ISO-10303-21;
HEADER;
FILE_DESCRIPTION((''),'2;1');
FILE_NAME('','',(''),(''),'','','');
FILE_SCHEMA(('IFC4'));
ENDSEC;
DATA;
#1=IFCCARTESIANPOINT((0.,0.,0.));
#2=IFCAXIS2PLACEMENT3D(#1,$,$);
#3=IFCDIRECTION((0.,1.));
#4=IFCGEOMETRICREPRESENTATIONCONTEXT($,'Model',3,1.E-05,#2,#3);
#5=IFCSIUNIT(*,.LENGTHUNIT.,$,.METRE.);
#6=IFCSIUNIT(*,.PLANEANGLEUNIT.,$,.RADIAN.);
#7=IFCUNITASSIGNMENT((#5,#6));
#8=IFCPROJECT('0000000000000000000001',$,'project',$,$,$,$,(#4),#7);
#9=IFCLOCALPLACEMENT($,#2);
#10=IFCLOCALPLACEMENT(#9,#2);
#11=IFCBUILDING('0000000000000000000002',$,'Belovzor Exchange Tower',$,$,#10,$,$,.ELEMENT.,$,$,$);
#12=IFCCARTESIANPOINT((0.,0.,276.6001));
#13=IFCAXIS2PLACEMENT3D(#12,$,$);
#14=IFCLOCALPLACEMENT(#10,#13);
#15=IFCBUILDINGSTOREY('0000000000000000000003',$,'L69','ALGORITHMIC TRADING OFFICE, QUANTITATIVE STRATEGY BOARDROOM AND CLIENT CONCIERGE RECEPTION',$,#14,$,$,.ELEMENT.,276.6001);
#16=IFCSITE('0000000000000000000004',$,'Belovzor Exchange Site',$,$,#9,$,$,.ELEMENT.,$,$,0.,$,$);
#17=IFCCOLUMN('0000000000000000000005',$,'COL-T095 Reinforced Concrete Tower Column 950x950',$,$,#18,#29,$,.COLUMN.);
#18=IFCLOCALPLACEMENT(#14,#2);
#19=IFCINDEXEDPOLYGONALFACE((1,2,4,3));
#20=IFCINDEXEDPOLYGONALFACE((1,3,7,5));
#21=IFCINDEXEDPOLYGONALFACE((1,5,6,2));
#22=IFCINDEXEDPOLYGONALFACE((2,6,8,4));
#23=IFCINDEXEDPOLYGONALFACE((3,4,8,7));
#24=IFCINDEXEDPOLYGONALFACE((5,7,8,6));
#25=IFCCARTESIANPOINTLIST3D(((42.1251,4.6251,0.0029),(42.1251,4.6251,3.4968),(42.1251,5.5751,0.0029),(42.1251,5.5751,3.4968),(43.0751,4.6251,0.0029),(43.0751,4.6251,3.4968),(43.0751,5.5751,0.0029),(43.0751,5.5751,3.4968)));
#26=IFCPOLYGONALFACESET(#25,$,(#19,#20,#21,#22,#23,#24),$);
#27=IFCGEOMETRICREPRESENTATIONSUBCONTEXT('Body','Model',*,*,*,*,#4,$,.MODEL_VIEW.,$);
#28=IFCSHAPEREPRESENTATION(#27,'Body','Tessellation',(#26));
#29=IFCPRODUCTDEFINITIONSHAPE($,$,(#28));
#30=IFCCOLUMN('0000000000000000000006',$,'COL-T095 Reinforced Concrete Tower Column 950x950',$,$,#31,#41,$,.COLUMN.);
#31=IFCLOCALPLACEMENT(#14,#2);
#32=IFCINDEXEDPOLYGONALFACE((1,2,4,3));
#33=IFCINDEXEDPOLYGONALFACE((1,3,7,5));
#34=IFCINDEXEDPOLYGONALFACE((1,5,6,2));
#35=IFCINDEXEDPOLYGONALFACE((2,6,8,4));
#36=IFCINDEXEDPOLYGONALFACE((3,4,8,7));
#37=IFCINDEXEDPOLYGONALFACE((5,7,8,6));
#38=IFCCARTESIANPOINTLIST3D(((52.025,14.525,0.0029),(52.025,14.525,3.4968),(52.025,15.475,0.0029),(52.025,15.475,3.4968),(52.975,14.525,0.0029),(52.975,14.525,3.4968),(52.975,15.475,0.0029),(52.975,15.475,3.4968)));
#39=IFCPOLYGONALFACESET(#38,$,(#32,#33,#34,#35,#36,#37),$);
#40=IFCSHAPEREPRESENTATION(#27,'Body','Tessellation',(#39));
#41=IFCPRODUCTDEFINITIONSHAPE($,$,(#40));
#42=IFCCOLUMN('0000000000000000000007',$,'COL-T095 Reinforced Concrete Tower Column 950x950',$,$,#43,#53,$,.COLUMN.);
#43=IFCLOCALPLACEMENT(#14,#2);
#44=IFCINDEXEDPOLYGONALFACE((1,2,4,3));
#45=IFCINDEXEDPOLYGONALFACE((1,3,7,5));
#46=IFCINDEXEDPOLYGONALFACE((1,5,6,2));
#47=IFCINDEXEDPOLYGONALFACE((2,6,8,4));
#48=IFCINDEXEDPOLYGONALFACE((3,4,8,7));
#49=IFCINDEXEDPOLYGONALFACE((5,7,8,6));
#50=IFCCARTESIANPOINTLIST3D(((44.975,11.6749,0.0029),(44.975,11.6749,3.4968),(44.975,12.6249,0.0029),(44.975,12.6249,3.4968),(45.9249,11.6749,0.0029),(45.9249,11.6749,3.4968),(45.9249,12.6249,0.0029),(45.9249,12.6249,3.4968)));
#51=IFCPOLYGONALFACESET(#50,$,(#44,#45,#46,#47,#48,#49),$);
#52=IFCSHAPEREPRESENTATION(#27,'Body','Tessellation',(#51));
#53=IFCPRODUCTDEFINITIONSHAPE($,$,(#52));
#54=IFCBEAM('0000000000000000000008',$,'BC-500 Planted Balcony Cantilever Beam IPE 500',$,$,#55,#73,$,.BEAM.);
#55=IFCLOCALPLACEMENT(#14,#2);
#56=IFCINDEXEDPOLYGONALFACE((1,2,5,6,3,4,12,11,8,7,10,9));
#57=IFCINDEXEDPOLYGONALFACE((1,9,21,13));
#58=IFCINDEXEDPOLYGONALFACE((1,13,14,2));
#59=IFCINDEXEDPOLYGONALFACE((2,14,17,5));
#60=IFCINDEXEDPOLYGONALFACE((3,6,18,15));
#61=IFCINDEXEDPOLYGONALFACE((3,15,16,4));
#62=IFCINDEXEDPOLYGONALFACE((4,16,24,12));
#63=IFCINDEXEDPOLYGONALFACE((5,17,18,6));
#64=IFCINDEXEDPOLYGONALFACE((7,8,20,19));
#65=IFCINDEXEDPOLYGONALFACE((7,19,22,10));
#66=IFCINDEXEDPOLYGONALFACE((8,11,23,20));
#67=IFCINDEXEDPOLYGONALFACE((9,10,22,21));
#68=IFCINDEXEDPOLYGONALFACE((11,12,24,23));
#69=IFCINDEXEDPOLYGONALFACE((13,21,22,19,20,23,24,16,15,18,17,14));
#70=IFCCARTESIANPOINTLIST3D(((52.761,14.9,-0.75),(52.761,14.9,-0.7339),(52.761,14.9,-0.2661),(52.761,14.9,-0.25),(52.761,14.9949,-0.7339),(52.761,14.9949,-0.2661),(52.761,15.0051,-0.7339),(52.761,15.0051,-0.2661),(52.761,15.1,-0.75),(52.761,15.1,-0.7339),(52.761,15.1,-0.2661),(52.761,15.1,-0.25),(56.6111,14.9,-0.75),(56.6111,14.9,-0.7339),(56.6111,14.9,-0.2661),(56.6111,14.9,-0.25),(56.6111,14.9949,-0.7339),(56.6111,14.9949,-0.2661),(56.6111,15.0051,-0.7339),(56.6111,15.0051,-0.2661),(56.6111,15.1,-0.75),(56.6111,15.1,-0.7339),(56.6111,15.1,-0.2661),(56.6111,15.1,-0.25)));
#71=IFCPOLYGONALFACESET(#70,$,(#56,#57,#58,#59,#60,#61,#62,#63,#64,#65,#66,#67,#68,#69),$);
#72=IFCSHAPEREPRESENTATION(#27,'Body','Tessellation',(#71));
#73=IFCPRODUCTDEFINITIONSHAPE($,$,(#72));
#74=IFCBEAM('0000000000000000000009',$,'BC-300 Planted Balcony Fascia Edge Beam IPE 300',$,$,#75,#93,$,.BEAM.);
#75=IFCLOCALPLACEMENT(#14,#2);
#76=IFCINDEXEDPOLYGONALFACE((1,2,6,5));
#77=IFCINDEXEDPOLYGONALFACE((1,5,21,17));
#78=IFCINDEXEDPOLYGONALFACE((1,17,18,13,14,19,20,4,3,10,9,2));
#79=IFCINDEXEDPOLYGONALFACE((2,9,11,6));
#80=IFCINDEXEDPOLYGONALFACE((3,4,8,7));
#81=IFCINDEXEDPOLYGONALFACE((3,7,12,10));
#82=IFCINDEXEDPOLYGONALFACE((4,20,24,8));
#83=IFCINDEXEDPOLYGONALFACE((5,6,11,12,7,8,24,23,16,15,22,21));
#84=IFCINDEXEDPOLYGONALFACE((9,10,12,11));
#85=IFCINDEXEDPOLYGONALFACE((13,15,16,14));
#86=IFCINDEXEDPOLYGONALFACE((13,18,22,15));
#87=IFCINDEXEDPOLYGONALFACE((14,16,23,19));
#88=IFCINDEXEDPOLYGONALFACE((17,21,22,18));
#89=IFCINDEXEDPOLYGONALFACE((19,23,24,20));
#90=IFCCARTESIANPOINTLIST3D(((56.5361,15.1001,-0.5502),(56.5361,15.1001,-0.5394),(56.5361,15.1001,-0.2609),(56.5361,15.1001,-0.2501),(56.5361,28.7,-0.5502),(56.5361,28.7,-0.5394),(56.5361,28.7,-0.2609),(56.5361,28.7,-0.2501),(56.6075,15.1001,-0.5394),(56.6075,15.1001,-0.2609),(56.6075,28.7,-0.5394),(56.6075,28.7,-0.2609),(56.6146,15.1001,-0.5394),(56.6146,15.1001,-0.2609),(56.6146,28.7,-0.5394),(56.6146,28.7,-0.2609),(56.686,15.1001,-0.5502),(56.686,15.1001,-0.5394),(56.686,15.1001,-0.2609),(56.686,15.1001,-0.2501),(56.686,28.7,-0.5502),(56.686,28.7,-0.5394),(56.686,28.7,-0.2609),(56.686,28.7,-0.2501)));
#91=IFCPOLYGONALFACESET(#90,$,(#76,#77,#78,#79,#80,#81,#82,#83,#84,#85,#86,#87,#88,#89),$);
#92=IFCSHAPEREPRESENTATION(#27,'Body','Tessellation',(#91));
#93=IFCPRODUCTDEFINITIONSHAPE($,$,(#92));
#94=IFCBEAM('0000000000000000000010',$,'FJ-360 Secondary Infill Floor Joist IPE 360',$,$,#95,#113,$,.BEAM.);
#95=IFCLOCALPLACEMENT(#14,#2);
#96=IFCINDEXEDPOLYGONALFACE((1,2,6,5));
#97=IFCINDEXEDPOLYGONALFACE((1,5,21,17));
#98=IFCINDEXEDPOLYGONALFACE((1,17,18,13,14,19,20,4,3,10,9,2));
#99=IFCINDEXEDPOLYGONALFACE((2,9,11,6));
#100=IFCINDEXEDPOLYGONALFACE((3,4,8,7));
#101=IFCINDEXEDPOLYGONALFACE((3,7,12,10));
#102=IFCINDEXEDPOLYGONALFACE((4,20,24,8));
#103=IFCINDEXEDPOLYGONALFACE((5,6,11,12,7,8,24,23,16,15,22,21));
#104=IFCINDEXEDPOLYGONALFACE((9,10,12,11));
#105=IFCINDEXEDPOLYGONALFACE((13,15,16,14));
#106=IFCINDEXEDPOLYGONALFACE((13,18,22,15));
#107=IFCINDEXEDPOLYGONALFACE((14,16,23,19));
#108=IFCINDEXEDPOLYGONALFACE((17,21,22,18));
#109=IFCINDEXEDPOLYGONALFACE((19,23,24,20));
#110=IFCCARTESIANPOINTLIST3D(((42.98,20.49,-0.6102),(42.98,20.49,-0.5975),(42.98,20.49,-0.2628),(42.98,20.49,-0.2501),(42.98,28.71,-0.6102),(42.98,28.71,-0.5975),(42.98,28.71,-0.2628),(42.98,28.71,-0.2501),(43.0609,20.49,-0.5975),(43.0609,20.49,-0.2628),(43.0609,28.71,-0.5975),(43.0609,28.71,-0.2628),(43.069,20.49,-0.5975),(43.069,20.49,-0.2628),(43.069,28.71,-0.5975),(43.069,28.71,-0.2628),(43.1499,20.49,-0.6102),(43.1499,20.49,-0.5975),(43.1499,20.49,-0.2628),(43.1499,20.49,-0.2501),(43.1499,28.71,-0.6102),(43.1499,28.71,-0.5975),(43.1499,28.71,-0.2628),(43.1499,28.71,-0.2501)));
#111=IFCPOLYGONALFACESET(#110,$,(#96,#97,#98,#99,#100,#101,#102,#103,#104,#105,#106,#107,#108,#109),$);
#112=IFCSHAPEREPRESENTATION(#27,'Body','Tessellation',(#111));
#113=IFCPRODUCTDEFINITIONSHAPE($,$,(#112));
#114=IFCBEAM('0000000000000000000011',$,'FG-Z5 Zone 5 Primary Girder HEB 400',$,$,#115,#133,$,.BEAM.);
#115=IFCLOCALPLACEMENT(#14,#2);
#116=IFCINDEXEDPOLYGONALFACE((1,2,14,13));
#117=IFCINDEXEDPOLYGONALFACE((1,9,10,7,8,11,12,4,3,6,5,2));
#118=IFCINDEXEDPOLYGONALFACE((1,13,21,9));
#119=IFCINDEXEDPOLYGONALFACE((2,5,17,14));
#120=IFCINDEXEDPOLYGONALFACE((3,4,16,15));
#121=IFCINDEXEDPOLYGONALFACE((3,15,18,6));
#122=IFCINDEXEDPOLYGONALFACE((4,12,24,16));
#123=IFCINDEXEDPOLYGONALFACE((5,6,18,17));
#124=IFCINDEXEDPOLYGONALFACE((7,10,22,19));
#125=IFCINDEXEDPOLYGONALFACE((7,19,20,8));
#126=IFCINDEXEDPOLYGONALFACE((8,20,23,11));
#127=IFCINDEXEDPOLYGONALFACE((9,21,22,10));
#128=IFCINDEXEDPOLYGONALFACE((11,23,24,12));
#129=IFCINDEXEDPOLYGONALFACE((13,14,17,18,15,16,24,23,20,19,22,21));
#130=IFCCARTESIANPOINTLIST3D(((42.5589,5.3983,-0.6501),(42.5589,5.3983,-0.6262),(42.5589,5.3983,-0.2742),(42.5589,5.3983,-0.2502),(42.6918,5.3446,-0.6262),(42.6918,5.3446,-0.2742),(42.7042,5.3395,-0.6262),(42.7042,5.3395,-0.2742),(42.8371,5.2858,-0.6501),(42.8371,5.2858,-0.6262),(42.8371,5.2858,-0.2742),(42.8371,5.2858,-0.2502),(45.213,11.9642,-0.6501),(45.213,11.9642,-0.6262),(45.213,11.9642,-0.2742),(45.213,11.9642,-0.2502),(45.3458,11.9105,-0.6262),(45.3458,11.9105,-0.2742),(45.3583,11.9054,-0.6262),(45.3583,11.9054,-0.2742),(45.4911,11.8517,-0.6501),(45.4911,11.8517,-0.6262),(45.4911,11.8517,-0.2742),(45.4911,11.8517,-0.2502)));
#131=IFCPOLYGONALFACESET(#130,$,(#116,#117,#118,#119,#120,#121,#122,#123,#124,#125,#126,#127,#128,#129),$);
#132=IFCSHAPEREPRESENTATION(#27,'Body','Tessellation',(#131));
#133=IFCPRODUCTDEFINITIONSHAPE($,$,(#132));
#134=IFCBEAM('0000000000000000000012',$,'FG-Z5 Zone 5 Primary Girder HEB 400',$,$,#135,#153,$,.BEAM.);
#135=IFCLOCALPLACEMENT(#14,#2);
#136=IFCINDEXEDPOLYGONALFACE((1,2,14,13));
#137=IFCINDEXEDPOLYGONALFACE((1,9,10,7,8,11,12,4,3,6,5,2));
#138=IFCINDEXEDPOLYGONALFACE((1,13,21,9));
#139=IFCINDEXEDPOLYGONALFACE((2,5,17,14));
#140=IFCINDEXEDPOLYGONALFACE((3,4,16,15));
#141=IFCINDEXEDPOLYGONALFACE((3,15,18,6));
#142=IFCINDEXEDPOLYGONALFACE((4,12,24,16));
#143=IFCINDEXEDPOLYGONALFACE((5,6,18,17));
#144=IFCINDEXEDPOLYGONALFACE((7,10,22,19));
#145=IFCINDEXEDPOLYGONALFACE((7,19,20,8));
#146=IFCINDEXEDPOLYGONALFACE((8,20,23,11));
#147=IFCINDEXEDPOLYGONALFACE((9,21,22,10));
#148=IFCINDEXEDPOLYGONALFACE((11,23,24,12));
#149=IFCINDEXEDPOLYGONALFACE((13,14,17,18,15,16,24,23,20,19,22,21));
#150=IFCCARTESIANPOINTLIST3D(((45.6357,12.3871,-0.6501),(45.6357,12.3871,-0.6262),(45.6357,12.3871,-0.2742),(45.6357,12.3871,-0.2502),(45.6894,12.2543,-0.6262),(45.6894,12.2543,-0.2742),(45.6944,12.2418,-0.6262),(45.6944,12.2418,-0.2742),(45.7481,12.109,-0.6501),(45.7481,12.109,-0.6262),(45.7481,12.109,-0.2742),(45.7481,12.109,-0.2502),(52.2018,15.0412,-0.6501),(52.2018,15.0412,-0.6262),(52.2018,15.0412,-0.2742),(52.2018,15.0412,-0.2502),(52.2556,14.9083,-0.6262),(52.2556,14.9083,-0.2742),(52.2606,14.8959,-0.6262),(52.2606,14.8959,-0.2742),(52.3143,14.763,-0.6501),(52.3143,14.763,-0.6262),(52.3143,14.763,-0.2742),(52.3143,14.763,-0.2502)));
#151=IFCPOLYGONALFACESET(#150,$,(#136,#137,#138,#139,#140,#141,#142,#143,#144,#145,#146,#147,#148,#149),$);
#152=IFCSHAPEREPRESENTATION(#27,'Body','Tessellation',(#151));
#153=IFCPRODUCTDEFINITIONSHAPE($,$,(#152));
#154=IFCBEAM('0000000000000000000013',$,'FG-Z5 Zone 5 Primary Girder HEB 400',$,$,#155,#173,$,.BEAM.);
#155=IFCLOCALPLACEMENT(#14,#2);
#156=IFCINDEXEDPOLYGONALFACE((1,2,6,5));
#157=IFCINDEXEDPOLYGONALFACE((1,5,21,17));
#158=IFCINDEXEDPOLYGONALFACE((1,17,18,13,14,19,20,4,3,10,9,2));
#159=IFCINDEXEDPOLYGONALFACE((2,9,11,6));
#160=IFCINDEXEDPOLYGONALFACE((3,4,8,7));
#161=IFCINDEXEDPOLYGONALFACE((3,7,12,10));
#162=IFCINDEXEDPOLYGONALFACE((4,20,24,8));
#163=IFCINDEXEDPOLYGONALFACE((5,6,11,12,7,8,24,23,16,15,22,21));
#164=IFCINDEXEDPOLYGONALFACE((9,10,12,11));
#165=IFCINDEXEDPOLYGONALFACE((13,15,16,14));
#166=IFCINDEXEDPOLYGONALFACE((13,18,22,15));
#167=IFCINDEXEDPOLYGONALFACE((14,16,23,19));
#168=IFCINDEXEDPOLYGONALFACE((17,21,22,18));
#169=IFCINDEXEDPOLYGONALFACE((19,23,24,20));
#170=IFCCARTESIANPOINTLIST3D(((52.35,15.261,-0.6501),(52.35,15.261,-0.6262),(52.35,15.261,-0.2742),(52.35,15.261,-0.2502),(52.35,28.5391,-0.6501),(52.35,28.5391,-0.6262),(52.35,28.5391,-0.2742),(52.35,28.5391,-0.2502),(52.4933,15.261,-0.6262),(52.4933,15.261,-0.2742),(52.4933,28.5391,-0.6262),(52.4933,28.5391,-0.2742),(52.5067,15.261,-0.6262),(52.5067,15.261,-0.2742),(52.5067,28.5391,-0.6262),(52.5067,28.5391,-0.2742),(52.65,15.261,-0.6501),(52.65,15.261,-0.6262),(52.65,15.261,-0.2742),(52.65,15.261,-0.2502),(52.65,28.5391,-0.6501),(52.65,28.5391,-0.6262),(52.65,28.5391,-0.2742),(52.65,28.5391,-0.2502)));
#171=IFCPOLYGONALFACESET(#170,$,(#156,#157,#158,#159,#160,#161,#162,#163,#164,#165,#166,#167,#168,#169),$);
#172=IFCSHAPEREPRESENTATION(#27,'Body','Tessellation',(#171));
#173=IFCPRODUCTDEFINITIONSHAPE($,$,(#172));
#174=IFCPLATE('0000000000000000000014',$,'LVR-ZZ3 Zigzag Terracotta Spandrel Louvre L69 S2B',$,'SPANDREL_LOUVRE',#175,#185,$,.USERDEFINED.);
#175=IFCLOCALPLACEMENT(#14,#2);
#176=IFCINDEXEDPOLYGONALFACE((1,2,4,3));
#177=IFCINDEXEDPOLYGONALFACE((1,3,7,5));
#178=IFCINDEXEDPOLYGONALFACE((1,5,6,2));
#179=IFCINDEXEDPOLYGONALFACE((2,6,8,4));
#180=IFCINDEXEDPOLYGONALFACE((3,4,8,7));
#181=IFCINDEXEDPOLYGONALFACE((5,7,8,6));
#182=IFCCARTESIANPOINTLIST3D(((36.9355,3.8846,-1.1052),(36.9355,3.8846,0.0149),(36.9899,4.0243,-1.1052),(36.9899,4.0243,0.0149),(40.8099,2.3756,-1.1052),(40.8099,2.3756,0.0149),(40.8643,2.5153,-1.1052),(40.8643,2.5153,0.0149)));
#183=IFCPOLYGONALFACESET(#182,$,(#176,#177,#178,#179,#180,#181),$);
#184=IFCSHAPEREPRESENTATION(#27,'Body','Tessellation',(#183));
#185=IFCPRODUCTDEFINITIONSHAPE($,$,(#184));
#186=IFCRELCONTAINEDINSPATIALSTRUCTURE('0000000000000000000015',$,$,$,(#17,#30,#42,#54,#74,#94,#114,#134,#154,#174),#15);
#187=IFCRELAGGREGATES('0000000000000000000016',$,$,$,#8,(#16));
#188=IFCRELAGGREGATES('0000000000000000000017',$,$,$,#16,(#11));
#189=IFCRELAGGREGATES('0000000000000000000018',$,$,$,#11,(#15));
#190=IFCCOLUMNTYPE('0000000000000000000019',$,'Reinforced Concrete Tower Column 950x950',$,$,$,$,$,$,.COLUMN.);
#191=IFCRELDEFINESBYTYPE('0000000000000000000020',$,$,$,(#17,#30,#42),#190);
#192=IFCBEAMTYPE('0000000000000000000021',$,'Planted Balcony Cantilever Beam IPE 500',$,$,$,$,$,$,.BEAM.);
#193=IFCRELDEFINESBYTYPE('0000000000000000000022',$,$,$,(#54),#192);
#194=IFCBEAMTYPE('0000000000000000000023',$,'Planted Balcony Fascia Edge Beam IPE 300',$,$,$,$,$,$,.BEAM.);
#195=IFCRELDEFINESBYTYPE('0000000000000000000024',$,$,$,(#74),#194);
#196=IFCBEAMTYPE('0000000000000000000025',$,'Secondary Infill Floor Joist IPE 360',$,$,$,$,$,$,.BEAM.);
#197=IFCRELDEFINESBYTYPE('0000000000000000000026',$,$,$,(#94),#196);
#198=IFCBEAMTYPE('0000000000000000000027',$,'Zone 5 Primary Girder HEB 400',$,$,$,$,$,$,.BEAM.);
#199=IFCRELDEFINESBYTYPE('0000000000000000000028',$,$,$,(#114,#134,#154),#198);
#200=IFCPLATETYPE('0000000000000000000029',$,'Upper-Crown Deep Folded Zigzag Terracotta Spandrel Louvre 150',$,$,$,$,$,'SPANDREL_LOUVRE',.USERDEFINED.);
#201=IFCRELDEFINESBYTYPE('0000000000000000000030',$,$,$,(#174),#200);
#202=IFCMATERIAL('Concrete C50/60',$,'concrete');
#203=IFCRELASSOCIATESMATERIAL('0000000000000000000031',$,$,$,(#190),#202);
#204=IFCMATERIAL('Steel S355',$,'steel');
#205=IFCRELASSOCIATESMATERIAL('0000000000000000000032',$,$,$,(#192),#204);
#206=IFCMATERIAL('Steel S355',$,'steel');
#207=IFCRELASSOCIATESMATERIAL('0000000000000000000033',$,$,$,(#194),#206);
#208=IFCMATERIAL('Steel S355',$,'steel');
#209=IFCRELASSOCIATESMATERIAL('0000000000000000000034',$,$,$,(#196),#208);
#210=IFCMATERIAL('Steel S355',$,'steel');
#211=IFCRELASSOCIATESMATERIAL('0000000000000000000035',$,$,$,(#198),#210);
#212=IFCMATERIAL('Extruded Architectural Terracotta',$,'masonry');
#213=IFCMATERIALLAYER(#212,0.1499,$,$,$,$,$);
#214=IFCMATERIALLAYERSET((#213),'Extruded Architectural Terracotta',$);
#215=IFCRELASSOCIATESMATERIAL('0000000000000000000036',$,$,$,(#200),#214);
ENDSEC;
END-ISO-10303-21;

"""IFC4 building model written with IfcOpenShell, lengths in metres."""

from ifc_helpers import new_model, si_unit, direction, frame, origin, origin_2d, place, context, subcontext, project, spatial, rectangle, i_section, extrude, material, layer, layer_set, material_profile, profile_set, type_object, element, save


model = new_model("IFC4")

# Units and contexts
model_context = context("Model", 3, precision=1e-05, world=origin(), true_north=direction((0.0, 1.0)))
body_context = subcontext(model_context, "Body", "Model", "MODEL_VIEW")
ifc_project = project(units=[si_unit("LENGTHUNIT", "METRE"), si_unit("PLANEANGLEUNIT", "RADIAN")], contexts=[model_context])

# Site, building, storey
site_placement = place(None, origin())
site = spatial("IfcSite", under=ifc_project, at=site_placement, Name="Belovzor Exchange Site", CompositionType="ELEMENT", RefElevation=0.0)
building_placement = place(site_placement, origin())
building = spatial("IfcBuilding", under=site, at=building_placement, Name="Belovzor Exchange Tower", CompositionType="ELEMENT")
storey_placement = place(building_placement, frame((0.0, 0.0, 276.6001)))
storey = spatial("IfcBuildingStorey", under=building, at=storey_placement, Name="L69", Description="ALGORITHMIC TRADING OFFICE, QUANTITATIVE STRATEGY BOARDROOM AND CLIENT CONCIERGE RECEPTION", CompositionType="ELEMENT", Elevation=276.6001)

# Columns
ifc_material_1 = material(Name="Concrete C50/60", Category="concrete")
ifc_material_profile_1 = material_profile(ifc_material_1, rectangle(XDim=0.95, YDim=0.95, at=origin_2d()))
ifc_profile_set_1 = profile_set([ifc_material_profile_1], Name="Concrete C50/60")
column_type = type_object("IfcColumnType", Name="Reinforced Concrete Tower Column 950x950", PredefinedType="COLUMN", material=ifc_profile_set_1)
for number, where, z_axis, x_axis, name in (
    (1, (42.6001, 5.1001, 0.0029), (0.0, 0.0, 1.0), (1.0, 0.0, 0.0), "COL-T095 Reinforced Concrete Tower Column 950x950"),
    (2, (52.5, 15.0, 0.0029), (0.0, 0.0, 1.0), (1.0, 0.0, 0.0), "COL-T095 Reinforced Concrete Tower Column 950x950"),
    (3, (45.45, 12.1499, 0.0029), (0.0, 0.0, 1.0), (1.0, 0.0, 0.0), "COL-T095 Reinforced Concrete Tower Column 950x950"),
):
    element("IfcColumn", number, at=place(storey_placement, frame(where, z_axis=z_axis, x_axis=x_axis)), inside=storey, type_object=column_type, Name=name, PredefinedType="COLUMN", context=body_context, shape_type="SweptSolid", body=[
        extrude(rectangle(XDim=0.95, YDim=0.95, at=origin_2d()), origin(), (0.0, 0.0, 1.0), 3.4939),
    ])

# Beams
ifc_material_2 = material(Name="Steel S355", Category="steel")
ifc_material_profile_2 = material_profile(ifc_material_2, i_section(OverallWidth=0.2, OverallDepth=0.5, WebThickness=0.0103, FlangeThickness=0.0161, at=origin_2d()))
ifc_profile_set_2 = profile_set([ifc_material_profile_2], Name="Steel S355")
beam_type_1 = type_object("IfcBeamType", Name="Planted Balcony Cantilever Beam IPE 500", PredefinedType="BEAM", material=ifc_profile_set_2)
beam_1_placement = place(storey_placement, frame((52.761, 15.0, -0.5), z_axis=(1.0, 0.0, 0.0), x_axis=(0.0, 1.0, 0.0)))
element("IfcBeam", 4, at=beam_1_placement, inside=storey, type_object=beam_type_1, Name="BC-500 Planted Balcony Cantilever Beam IPE 500", PredefinedType="BEAM", context=body_context, shape_type="SweptSolid", body=[
    extrude(i_section(OverallWidth=0.2, OverallDepth=0.5, WebThickness=0.0103, FlangeThickness=0.0161, at=origin_2d()), origin(), (0.0, 0.0, 1.0), 3.8501),
])
ifc_material_3 = material(Name="Steel S355", Category="steel")
ifc_material_profile_3 = material_profile(ifc_material_3, i_section(OverallWidth=0.1499, OverallDepth=0.3, WebThickness=0.0071, FlangeThickness=0.0107, at=origin_2d()))
ifc_profile_set_3 = profile_set([ifc_material_profile_3], Name="Steel S355")
beam_type_2 = type_object("IfcBeamType", Name="Planted Balcony Fascia Edge Beam IPE 300", PredefinedType="BEAM", material=ifc_profile_set_3)
beam_2_placement = place(storey_placement, frame((56.6111, 15.1001, -0.4001), z_axis=(0.0, 1.0, 0.0), x_axis=(-1.0, 0.0, 0.0)))
element("IfcBeam", 5, at=beam_2_placement, inside=storey, type_object=beam_type_2, Name="BC-300 Planted Balcony Fascia Edge Beam IPE 300", PredefinedType="BEAM", context=body_context, shape_type="SweptSolid", body=[
    extrude(i_section(OverallWidth=0.1499, OverallDepth=0.3, WebThickness=0.0071, FlangeThickness=0.0107, at=origin_2d()), origin(), (0.0, 0.0, 1.0), 13.5999),
])
ifc_material_4 = material(Name="Steel S355", Category="steel")
ifc_material_profile_4 = material_profile(ifc_material_4, i_section(OverallWidth=0.1699, OverallDepth=0.3601, WebThickness=0.0081, FlangeThickness=0.0127, at=origin_2d()))
ifc_profile_set_4 = profile_set([ifc_material_profile_4], Name="Steel S355")
beam_type_3 = type_object("IfcBeamType", Name="Secondary Infill Floor Joist IPE 360", PredefinedType="BEAM", material=ifc_profile_set_4)
beam_3_placement = place(storey_placement, frame((43.0649, 20.49, -0.4302), z_axis=(0.0, 1.0, 0.0), x_axis=(-1.0, 0.0, 0.0)))
element("IfcBeam", 6, at=beam_3_placement, inside=storey, type_object=beam_type_3, Name="FJ-360 Secondary Infill Floor Joist IPE 360", PredefinedType="BEAM", context=body_context, shape_type="SweptSolid", body=[
    extrude(i_section(OverallWidth=0.1699, OverallDepth=0.3601, WebThickness=0.0081, FlangeThickness=0.0127, at=origin_2d()), origin(), (0.0, 0.0, 1.0), 8.22),
])
ifc_material_5 = material(Name="Steel S355", Category="steel")
ifc_material_profile_5 = material_profile(ifc_material_5, i_section(OverallWidth=0.3, OverallDepth=0.3999, WebThickness=0.0134, FlangeThickness=0.0239, at=origin_2d()))
ifc_profile_set_5 = profile_set([ifc_material_profile_5], Name="Steel S355")
beam_type_4 = type_object("IfcBeamType", Name="Zone 5 Primary Girder HEB 400", PredefinedType="BEAM", material=ifc_profile_set_5)
beam_4_placement = place(storey_placement, frame((42.698, 5.342, -0.4502), z_axis=(0.374758, 0.927123, 0.0), x_axis=(-0.927123, 0.374758, 0.0)))
element("IfcBeam", 7, at=beam_4_placement, inside=storey, type_object=beam_type_4, Name="FG-Z5 Zone 5 Primary Girder HEB 400", PredefinedType="BEAM", context=body_context, shape_type="SweptSolid", body=[
    extrude(i_section(OverallWidth=0.3, OverallDepth=0.3999, WebThickness=0.0134, FlangeThickness=0.0239, at=origin_2d()), origin(), (0.0, 0.0, 1.0), 7.082),
])
beam_5_placement = place(storey_placement, frame((45.6919, 12.248, -0.4502), z_axis=(0.927127, 0.374746, 0.0), x_axis=(-0.374746, 0.927127, 0.0)))
element("IfcBeam", 8, at=beam_5_placement, inside=storey, type_object=beam_type_4, Name="FG-Z5 Zone 5 Primary Girder HEB 400", PredefinedType="BEAM", context=body_context, shape_type="SweptSolid", body=[
    extrude(i_section(OverallWidth=0.3, OverallDepth=0.3999, WebThickness=0.0134, FlangeThickness=0.0239, at=origin_2d()), origin(), (0.0, 0.0, 1.0), 7.0823),
])
beam_6_placement = place(storey_placement, frame((52.5, 15.261, -0.4502), z_axis=(0.0, 1.0, 0.0), x_axis=(-1.0, 0.0, 0.0)))
element("IfcBeam", 9, at=beam_6_placement, inside=storey, type_object=beam_type_4, Name="FG-Z5 Zone 5 Primary Girder HEB 400", PredefinedType="BEAM", context=body_context, shape_type="SweptSolid", body=[
    extrude(i_section(OverallWidth=0.3, OverallDepth=0.3999, WebThickness=0.0134, FlangeThickness=0.0239, at=origin_2d()), origin(), (0.0, 0.0, 1.0), 13.2781),
])

# Plate
ifc_material_6 = material(Name="Extruded Architectural Terracotta", Category="masonry")
ifc_layer_1 = layer(ifc_material_6, 0.1499)
ifc_layer_set_1 = layer_set([ifc_layer_1], Name="Extruded Architectural Terracotta")
plate_type = type_object("IfcPlateType", Name="Upper-Crown Deep Folded Zigzag Terracotta Spandrel Louvre 150", ElementType="SPANDREL_LOUVRE", PredefinedType="USERDEFINED", material=ifc_layer_set_1)
plate_placement = place(storey_placement, frame((38.8999, 3.2, -1.1052), z_axis=(0.0, 0.0, 1.0), x_axis=(0.931818, -0.362926, 0.0)))
element("IfcPlate", 10, at=plate_placement, inside=storey, type_object=plate_type, Name="LVR-ZZ3 Zigzag Terracotta Spandrel Louvre L69 S2B", ObjectType="SPANDREL_LOUVRE", PredefinedType="USERDEFINED", context=body_context, shape_type="SweptSolid", body=[
    extrude(rectangle(XDim=4.158, YDim=0.1499, at=origin_2d()), origin(), (0.0, 0.0, 1.0), 1.1201),
])

save(model, "model.ifc")
